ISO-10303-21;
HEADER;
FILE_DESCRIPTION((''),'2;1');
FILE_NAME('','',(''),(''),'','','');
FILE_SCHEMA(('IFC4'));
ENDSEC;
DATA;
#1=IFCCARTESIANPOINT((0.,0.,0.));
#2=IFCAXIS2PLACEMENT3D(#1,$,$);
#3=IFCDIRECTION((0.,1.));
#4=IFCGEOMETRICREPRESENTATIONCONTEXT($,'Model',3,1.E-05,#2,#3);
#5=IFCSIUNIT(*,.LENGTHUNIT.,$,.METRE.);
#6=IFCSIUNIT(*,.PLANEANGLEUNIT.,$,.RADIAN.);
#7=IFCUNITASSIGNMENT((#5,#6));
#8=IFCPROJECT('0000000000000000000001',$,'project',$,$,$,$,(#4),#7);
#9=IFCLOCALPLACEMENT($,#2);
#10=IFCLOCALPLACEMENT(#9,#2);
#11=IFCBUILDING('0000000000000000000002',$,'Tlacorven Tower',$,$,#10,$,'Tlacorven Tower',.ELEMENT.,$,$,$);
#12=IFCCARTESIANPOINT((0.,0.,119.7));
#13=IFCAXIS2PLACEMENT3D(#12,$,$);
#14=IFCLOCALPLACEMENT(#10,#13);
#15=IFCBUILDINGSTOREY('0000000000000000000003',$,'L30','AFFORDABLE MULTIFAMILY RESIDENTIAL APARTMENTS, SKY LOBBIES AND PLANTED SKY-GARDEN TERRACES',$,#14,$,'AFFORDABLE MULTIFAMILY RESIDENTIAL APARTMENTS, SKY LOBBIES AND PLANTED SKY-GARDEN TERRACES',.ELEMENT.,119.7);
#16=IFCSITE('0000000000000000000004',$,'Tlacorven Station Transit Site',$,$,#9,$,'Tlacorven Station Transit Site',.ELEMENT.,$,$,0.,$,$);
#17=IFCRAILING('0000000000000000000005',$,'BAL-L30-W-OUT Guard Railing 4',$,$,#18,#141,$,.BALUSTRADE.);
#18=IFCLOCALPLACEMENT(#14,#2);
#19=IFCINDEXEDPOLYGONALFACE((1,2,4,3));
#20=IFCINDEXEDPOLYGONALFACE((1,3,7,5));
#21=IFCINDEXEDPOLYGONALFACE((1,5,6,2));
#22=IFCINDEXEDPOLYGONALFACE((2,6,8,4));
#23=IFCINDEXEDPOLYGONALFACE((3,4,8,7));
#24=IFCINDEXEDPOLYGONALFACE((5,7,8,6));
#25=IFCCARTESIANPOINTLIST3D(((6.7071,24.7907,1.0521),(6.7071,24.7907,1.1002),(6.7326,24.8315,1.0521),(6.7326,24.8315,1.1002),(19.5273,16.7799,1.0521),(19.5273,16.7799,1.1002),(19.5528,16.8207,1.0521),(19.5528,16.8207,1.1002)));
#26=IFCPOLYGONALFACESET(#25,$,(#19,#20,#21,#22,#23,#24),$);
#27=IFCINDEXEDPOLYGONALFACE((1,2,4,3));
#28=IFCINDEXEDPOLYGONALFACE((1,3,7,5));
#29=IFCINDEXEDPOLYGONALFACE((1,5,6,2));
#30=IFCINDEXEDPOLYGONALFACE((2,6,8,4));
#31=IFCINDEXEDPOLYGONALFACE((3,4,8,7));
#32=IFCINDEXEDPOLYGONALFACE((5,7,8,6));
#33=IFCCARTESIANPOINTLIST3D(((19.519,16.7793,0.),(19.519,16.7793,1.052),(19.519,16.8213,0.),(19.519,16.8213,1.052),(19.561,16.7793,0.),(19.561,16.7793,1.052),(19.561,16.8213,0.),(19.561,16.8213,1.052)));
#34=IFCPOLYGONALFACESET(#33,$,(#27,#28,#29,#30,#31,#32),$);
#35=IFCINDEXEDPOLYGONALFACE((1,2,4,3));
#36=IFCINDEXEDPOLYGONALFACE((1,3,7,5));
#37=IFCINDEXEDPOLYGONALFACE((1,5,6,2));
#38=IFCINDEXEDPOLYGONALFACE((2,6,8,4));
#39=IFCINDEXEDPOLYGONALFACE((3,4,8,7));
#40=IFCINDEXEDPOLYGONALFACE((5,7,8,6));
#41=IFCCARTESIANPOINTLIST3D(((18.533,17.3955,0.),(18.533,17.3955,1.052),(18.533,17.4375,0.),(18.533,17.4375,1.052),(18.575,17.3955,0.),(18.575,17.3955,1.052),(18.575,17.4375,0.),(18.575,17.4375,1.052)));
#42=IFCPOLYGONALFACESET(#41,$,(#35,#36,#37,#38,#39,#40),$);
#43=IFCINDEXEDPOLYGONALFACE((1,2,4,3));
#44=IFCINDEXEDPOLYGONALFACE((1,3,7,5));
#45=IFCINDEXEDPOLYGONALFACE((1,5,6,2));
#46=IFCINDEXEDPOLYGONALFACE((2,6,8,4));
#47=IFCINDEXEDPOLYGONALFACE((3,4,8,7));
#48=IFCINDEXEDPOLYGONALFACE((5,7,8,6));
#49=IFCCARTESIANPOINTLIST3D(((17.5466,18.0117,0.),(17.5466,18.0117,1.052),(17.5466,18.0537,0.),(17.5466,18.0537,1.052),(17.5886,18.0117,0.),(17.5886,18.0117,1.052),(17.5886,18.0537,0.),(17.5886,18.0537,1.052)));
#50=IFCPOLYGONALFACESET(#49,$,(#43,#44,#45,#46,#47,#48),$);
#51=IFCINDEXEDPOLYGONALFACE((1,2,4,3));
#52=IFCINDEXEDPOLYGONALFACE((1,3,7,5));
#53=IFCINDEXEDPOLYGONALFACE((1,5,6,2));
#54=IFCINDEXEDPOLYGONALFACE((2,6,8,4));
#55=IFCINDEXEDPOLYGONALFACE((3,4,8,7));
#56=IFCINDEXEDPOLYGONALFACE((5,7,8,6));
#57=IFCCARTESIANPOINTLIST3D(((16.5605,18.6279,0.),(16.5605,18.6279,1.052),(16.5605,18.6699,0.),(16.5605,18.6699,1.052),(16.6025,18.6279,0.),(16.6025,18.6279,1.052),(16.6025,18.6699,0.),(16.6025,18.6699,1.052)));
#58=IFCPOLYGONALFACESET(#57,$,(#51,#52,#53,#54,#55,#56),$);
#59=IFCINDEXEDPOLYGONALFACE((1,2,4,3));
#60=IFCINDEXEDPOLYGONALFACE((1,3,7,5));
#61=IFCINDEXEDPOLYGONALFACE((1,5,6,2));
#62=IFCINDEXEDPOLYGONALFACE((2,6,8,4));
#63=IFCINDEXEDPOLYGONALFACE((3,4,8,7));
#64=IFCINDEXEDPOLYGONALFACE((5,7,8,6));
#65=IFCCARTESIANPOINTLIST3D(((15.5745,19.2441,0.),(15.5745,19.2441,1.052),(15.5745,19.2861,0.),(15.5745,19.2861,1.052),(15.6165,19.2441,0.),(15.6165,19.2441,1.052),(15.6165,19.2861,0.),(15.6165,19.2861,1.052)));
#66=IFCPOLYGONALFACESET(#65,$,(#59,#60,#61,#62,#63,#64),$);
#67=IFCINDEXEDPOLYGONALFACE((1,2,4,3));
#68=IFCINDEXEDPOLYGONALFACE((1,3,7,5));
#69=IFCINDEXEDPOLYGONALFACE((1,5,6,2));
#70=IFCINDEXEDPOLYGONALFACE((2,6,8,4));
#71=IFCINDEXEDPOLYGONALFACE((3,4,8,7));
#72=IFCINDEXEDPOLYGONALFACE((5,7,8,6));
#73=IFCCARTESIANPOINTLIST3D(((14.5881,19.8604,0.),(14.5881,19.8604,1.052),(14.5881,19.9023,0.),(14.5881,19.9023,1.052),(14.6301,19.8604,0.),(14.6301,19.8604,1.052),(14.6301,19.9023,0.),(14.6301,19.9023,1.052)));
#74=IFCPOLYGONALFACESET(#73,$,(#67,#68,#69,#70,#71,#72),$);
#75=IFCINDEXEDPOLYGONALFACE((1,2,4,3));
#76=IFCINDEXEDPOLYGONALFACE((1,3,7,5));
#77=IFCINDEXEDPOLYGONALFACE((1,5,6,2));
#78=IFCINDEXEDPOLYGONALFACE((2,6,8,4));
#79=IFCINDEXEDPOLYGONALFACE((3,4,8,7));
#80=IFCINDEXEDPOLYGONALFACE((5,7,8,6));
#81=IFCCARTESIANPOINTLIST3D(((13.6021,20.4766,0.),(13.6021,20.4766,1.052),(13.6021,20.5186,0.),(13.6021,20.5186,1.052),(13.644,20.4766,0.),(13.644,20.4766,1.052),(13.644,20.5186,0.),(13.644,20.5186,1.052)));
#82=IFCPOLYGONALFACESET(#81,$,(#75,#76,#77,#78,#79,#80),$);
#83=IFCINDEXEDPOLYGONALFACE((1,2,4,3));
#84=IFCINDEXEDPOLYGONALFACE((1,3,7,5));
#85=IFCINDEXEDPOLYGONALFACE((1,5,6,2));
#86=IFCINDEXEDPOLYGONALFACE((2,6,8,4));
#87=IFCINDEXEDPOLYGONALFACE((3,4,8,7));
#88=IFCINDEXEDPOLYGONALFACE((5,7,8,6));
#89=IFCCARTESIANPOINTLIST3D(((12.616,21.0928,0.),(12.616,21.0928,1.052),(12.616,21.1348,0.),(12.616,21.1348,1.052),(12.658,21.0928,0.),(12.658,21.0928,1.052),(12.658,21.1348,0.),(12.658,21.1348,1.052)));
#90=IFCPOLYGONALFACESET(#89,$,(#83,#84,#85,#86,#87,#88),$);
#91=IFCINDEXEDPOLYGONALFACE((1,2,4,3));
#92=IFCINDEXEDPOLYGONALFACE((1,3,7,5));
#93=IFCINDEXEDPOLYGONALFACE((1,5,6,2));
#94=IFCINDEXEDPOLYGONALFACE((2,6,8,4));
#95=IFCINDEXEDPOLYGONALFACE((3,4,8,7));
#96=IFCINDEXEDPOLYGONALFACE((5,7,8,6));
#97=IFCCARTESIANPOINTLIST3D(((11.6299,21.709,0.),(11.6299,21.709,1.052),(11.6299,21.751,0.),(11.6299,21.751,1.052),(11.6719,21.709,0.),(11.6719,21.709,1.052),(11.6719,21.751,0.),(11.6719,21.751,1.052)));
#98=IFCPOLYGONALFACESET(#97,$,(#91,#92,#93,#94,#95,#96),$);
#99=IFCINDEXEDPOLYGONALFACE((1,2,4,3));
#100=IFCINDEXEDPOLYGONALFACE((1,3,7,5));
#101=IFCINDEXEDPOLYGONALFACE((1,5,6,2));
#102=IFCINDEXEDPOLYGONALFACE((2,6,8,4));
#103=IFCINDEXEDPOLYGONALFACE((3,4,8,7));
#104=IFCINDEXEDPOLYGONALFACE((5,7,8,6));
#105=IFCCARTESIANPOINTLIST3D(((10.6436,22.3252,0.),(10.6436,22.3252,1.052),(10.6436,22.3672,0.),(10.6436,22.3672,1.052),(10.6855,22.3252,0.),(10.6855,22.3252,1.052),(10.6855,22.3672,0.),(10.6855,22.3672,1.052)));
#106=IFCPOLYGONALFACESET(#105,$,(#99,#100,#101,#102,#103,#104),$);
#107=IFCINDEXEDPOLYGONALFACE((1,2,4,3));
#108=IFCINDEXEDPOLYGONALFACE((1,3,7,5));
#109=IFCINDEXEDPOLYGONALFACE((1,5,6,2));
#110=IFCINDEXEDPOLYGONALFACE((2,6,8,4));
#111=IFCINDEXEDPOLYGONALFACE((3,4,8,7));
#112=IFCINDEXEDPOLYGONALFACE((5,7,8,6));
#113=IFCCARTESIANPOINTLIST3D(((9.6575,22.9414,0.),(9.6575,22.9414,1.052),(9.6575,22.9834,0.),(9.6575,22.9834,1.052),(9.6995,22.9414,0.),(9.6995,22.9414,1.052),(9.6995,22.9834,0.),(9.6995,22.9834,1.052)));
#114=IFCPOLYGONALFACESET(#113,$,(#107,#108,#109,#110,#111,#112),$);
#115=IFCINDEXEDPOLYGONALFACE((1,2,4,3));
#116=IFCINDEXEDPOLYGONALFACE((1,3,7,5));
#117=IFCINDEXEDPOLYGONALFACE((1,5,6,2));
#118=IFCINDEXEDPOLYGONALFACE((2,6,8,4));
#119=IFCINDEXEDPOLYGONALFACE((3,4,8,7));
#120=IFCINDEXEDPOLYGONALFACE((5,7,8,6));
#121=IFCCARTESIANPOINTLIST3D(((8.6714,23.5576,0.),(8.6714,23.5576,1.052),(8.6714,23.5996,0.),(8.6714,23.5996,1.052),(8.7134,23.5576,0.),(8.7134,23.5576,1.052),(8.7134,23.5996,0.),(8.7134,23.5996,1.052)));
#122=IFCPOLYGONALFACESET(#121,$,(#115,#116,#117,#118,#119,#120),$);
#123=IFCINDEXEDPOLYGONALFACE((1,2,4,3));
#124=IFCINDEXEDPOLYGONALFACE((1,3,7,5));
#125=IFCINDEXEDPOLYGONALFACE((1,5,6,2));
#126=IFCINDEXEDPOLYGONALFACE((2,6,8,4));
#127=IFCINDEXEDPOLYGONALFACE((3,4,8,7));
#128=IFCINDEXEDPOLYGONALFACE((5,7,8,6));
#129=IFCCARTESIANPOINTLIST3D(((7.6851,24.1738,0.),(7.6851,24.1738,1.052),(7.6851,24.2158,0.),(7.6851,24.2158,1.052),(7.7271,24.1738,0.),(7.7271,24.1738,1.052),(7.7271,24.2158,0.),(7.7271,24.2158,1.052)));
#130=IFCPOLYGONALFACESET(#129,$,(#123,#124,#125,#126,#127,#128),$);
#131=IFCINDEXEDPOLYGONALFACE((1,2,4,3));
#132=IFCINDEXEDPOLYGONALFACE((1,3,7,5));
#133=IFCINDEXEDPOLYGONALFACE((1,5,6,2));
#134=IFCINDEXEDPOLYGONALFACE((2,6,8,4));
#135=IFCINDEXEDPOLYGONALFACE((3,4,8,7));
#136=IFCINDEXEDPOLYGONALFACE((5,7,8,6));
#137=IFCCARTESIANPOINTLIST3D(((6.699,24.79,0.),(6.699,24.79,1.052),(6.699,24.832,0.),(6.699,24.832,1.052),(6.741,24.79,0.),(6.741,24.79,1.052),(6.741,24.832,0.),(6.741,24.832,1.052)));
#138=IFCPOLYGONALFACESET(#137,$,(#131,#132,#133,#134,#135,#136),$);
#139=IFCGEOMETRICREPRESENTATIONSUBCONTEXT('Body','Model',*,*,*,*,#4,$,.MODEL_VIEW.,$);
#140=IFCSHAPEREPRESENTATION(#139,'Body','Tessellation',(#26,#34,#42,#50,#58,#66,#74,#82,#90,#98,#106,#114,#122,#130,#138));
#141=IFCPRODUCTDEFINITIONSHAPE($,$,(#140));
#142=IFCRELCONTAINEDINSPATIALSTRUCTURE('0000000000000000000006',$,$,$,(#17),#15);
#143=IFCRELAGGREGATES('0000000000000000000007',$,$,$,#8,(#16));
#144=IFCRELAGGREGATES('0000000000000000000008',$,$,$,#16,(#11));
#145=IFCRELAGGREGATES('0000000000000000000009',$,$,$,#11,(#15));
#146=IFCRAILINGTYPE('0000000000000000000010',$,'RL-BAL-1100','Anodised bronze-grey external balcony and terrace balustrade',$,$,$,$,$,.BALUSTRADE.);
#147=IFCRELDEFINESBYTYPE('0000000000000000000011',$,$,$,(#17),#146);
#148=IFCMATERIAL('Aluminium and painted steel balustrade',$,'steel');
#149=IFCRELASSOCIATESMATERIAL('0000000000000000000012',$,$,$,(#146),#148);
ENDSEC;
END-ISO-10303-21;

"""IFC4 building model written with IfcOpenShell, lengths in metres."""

from ifc_helpers import new_model, si_unit, direction, frame, origin, origin_2d, place, context, subcontext, project, spatial, rectangle, extrude, source, transform, mapped, material, type_object, element, save


model = new_model("IFC4")

# Units and contexts
model_context = context("Model", 3, precision=1e-05, world=origin(), true_north=direction((0.0, 1.0)))
body_context = subcontext(model_context, "Body", "Model", "MODEL_VIEW")
ifc_project = project(units=[si_unit("LENGTHUNIT", "METRE"), si_unit("PLANEANGLEUNIT", "RADIAN")], contexts=[model_context])

# Site, building, storey
site_placement = place(None, origin())
site = spatial("IfcSite", under=ifc_project, at=site_placement, Name="Tlacorven Station Transit Site", LongName="Tlacorven Station Transit Site", CompositionType="ELEMENT", RefElevation=0.0)
building_placement = place(site_placement, origin())
building = spatial("IfcBuilding", under=site, at=building_placement, Name="Tlacorven Tower", LongName="Tlacorven Tower", CompositionType="ELEMENT")
storey_placement = place(building_placement, frame((0.0, 0.0, 119.7)))
storey = spatial("IfcBuildingStorey", under=building, at=storey_placement, Name="L30", Description="AFFORDABLE MULTIFAMILY RESIDENTIAL APARTMENTS, SKY LOBBIES AND PLANTED SKY-GARDEN TERRACES", LongName="AFFORDABLE MULTIFAMILY RESIDENTIAL APARTMENTS, SKY LOBBIES AND PLANTED SKY-GARDEN TERRACES", CompositionType="ELEMENT", Elevation=119.7)

# Shared definitions
ifc_material_1 = material(Name="Aluminium and painted steel balustrade", Category="steel")
railing_type = type_object("IfcRailingType", Name="RL-BAL-1100", Description="Anodised bronze-grey external balcony and terrace balustrade", PredefinedType="BALUSTRADE", material=ifc_material_1)

# Railing
shared_shape_1 = source(origin(), body_context, "Body", "SweptSolid", [
    extrude(rectangle(XDim=0.0481, YDim=0.0481, at=origin_2d()), frame((0.0, 0.0, 1.0762), z_axis=(-0.848052, 0.529913, 0.0), x_axis=(-0.529913, -0.848052, 0.0)), (0.0, 0.0, 1.0), 15.1172),
    extrude(rectangle(XDim=0.042, YDim=0.042, at=origin_2d()), origin(), (0.0, 0.0, 1.0), 1.052),
    extrude(rectangle(XDim=0.042, YDim=0.042, at=origin_2d()), frame((-0.9861, 0.6162, 0.0)), (0.0, 0.0, 1.0), 1.052),
    extrude(rectangle(XDim=0.042, YDim=0.042, at=origin_2d()), frame((-1.9724, 1.2324, 0.0)), (0.0, 0.0, 1.0), 1.052),
    extrude(rectangle(XDim=0.042, YDim=0.042, at=origin_2d()), frame((-2.9585, 1.8486, 0.0)), (0.0, 0.0, 1.0), 1.052),
    extrude(rectangle(XDim=0.042, YDim=0.042, at=origin_2d()), frame((-3.9446, 2.4648, 0.0)), (0.0, 0.0, 1.0), 1.052),
    extrude(rectangle(XDim=0.042, YDim=0.042, at=origin_2d()), frame((-4.9309, 3.0811, 0.0)), (0.0, 0.0, 1.0), 1.052),
    extrude(rectangle(XDim=0.042, YDim=0.042, at=origin_2d()), frame((-5.917, 3.6973, 0.0)), (0.0, 0.0, 1.0), 1.052),
    extrude(rectangle(XDim=0.042, YDim=0.042, at=origin_2d()), frame((-6.9031, 4.3135, 0.0)), (0.0, 0.0, 1.0), 1.052),
    extrude(rectangle(XDim=0.042, YDim=0.042, at=origin_2d()), frame((-7.8892, 4.9297, 0.0)), (0.0, 0.0, 1.0), 1.052),
    extrude(rectangle(XDim=0.042, YDim=0.042, at=origin_2d()), frame((-8.8755, 5.5459, 0.0)), (0.0, 0.0, 1.0), 1.052),
    extrude(rectangle(XDim=0.042, YDim=0.042, at=origin_2d()), frame((-9.8616, 6.1621, 0.0)), (0.0, 0.0, 1.0), 1.052),
    extrude(rectangle(XDim=0.042, YDim=0.042, at=origin_2d()), frame((-10.8477, 6.7783, 0.0)), (0.0, 0.0, 1.0), 1.052),
    extrude(rectangle(XDim=0.042, YDim=0.042, at=origin_2d()), frame((-11.834, 7.3945, 0.0)), (0.0, 0.0, 1.0), 1.052),
    extrude(rectangle(XDim=0.042, YDim=0.042, at=origin_2d()), frame((-12.8201, 8.0107, 0.0)), (0.0, 0.0, 1.0), 1.052),
])
railing_1_placement = place(storey_placement, frame((19.54, 16.8003, 0.0)))
element("IfcRailing", 1, at=railing_1_placement, inside=storey, type_object=railing_type, Name="BAL-L30-W-OUT Guard Railing 4", PredefinedType="BALUSTRADE", context=body_context, shape_type="MappedRepresentation", body=[
    mapped(shared_shape_1, transform((0.0, 0.0, 0.0), scale=1.0)),
])

save(model, "model.ifc")
